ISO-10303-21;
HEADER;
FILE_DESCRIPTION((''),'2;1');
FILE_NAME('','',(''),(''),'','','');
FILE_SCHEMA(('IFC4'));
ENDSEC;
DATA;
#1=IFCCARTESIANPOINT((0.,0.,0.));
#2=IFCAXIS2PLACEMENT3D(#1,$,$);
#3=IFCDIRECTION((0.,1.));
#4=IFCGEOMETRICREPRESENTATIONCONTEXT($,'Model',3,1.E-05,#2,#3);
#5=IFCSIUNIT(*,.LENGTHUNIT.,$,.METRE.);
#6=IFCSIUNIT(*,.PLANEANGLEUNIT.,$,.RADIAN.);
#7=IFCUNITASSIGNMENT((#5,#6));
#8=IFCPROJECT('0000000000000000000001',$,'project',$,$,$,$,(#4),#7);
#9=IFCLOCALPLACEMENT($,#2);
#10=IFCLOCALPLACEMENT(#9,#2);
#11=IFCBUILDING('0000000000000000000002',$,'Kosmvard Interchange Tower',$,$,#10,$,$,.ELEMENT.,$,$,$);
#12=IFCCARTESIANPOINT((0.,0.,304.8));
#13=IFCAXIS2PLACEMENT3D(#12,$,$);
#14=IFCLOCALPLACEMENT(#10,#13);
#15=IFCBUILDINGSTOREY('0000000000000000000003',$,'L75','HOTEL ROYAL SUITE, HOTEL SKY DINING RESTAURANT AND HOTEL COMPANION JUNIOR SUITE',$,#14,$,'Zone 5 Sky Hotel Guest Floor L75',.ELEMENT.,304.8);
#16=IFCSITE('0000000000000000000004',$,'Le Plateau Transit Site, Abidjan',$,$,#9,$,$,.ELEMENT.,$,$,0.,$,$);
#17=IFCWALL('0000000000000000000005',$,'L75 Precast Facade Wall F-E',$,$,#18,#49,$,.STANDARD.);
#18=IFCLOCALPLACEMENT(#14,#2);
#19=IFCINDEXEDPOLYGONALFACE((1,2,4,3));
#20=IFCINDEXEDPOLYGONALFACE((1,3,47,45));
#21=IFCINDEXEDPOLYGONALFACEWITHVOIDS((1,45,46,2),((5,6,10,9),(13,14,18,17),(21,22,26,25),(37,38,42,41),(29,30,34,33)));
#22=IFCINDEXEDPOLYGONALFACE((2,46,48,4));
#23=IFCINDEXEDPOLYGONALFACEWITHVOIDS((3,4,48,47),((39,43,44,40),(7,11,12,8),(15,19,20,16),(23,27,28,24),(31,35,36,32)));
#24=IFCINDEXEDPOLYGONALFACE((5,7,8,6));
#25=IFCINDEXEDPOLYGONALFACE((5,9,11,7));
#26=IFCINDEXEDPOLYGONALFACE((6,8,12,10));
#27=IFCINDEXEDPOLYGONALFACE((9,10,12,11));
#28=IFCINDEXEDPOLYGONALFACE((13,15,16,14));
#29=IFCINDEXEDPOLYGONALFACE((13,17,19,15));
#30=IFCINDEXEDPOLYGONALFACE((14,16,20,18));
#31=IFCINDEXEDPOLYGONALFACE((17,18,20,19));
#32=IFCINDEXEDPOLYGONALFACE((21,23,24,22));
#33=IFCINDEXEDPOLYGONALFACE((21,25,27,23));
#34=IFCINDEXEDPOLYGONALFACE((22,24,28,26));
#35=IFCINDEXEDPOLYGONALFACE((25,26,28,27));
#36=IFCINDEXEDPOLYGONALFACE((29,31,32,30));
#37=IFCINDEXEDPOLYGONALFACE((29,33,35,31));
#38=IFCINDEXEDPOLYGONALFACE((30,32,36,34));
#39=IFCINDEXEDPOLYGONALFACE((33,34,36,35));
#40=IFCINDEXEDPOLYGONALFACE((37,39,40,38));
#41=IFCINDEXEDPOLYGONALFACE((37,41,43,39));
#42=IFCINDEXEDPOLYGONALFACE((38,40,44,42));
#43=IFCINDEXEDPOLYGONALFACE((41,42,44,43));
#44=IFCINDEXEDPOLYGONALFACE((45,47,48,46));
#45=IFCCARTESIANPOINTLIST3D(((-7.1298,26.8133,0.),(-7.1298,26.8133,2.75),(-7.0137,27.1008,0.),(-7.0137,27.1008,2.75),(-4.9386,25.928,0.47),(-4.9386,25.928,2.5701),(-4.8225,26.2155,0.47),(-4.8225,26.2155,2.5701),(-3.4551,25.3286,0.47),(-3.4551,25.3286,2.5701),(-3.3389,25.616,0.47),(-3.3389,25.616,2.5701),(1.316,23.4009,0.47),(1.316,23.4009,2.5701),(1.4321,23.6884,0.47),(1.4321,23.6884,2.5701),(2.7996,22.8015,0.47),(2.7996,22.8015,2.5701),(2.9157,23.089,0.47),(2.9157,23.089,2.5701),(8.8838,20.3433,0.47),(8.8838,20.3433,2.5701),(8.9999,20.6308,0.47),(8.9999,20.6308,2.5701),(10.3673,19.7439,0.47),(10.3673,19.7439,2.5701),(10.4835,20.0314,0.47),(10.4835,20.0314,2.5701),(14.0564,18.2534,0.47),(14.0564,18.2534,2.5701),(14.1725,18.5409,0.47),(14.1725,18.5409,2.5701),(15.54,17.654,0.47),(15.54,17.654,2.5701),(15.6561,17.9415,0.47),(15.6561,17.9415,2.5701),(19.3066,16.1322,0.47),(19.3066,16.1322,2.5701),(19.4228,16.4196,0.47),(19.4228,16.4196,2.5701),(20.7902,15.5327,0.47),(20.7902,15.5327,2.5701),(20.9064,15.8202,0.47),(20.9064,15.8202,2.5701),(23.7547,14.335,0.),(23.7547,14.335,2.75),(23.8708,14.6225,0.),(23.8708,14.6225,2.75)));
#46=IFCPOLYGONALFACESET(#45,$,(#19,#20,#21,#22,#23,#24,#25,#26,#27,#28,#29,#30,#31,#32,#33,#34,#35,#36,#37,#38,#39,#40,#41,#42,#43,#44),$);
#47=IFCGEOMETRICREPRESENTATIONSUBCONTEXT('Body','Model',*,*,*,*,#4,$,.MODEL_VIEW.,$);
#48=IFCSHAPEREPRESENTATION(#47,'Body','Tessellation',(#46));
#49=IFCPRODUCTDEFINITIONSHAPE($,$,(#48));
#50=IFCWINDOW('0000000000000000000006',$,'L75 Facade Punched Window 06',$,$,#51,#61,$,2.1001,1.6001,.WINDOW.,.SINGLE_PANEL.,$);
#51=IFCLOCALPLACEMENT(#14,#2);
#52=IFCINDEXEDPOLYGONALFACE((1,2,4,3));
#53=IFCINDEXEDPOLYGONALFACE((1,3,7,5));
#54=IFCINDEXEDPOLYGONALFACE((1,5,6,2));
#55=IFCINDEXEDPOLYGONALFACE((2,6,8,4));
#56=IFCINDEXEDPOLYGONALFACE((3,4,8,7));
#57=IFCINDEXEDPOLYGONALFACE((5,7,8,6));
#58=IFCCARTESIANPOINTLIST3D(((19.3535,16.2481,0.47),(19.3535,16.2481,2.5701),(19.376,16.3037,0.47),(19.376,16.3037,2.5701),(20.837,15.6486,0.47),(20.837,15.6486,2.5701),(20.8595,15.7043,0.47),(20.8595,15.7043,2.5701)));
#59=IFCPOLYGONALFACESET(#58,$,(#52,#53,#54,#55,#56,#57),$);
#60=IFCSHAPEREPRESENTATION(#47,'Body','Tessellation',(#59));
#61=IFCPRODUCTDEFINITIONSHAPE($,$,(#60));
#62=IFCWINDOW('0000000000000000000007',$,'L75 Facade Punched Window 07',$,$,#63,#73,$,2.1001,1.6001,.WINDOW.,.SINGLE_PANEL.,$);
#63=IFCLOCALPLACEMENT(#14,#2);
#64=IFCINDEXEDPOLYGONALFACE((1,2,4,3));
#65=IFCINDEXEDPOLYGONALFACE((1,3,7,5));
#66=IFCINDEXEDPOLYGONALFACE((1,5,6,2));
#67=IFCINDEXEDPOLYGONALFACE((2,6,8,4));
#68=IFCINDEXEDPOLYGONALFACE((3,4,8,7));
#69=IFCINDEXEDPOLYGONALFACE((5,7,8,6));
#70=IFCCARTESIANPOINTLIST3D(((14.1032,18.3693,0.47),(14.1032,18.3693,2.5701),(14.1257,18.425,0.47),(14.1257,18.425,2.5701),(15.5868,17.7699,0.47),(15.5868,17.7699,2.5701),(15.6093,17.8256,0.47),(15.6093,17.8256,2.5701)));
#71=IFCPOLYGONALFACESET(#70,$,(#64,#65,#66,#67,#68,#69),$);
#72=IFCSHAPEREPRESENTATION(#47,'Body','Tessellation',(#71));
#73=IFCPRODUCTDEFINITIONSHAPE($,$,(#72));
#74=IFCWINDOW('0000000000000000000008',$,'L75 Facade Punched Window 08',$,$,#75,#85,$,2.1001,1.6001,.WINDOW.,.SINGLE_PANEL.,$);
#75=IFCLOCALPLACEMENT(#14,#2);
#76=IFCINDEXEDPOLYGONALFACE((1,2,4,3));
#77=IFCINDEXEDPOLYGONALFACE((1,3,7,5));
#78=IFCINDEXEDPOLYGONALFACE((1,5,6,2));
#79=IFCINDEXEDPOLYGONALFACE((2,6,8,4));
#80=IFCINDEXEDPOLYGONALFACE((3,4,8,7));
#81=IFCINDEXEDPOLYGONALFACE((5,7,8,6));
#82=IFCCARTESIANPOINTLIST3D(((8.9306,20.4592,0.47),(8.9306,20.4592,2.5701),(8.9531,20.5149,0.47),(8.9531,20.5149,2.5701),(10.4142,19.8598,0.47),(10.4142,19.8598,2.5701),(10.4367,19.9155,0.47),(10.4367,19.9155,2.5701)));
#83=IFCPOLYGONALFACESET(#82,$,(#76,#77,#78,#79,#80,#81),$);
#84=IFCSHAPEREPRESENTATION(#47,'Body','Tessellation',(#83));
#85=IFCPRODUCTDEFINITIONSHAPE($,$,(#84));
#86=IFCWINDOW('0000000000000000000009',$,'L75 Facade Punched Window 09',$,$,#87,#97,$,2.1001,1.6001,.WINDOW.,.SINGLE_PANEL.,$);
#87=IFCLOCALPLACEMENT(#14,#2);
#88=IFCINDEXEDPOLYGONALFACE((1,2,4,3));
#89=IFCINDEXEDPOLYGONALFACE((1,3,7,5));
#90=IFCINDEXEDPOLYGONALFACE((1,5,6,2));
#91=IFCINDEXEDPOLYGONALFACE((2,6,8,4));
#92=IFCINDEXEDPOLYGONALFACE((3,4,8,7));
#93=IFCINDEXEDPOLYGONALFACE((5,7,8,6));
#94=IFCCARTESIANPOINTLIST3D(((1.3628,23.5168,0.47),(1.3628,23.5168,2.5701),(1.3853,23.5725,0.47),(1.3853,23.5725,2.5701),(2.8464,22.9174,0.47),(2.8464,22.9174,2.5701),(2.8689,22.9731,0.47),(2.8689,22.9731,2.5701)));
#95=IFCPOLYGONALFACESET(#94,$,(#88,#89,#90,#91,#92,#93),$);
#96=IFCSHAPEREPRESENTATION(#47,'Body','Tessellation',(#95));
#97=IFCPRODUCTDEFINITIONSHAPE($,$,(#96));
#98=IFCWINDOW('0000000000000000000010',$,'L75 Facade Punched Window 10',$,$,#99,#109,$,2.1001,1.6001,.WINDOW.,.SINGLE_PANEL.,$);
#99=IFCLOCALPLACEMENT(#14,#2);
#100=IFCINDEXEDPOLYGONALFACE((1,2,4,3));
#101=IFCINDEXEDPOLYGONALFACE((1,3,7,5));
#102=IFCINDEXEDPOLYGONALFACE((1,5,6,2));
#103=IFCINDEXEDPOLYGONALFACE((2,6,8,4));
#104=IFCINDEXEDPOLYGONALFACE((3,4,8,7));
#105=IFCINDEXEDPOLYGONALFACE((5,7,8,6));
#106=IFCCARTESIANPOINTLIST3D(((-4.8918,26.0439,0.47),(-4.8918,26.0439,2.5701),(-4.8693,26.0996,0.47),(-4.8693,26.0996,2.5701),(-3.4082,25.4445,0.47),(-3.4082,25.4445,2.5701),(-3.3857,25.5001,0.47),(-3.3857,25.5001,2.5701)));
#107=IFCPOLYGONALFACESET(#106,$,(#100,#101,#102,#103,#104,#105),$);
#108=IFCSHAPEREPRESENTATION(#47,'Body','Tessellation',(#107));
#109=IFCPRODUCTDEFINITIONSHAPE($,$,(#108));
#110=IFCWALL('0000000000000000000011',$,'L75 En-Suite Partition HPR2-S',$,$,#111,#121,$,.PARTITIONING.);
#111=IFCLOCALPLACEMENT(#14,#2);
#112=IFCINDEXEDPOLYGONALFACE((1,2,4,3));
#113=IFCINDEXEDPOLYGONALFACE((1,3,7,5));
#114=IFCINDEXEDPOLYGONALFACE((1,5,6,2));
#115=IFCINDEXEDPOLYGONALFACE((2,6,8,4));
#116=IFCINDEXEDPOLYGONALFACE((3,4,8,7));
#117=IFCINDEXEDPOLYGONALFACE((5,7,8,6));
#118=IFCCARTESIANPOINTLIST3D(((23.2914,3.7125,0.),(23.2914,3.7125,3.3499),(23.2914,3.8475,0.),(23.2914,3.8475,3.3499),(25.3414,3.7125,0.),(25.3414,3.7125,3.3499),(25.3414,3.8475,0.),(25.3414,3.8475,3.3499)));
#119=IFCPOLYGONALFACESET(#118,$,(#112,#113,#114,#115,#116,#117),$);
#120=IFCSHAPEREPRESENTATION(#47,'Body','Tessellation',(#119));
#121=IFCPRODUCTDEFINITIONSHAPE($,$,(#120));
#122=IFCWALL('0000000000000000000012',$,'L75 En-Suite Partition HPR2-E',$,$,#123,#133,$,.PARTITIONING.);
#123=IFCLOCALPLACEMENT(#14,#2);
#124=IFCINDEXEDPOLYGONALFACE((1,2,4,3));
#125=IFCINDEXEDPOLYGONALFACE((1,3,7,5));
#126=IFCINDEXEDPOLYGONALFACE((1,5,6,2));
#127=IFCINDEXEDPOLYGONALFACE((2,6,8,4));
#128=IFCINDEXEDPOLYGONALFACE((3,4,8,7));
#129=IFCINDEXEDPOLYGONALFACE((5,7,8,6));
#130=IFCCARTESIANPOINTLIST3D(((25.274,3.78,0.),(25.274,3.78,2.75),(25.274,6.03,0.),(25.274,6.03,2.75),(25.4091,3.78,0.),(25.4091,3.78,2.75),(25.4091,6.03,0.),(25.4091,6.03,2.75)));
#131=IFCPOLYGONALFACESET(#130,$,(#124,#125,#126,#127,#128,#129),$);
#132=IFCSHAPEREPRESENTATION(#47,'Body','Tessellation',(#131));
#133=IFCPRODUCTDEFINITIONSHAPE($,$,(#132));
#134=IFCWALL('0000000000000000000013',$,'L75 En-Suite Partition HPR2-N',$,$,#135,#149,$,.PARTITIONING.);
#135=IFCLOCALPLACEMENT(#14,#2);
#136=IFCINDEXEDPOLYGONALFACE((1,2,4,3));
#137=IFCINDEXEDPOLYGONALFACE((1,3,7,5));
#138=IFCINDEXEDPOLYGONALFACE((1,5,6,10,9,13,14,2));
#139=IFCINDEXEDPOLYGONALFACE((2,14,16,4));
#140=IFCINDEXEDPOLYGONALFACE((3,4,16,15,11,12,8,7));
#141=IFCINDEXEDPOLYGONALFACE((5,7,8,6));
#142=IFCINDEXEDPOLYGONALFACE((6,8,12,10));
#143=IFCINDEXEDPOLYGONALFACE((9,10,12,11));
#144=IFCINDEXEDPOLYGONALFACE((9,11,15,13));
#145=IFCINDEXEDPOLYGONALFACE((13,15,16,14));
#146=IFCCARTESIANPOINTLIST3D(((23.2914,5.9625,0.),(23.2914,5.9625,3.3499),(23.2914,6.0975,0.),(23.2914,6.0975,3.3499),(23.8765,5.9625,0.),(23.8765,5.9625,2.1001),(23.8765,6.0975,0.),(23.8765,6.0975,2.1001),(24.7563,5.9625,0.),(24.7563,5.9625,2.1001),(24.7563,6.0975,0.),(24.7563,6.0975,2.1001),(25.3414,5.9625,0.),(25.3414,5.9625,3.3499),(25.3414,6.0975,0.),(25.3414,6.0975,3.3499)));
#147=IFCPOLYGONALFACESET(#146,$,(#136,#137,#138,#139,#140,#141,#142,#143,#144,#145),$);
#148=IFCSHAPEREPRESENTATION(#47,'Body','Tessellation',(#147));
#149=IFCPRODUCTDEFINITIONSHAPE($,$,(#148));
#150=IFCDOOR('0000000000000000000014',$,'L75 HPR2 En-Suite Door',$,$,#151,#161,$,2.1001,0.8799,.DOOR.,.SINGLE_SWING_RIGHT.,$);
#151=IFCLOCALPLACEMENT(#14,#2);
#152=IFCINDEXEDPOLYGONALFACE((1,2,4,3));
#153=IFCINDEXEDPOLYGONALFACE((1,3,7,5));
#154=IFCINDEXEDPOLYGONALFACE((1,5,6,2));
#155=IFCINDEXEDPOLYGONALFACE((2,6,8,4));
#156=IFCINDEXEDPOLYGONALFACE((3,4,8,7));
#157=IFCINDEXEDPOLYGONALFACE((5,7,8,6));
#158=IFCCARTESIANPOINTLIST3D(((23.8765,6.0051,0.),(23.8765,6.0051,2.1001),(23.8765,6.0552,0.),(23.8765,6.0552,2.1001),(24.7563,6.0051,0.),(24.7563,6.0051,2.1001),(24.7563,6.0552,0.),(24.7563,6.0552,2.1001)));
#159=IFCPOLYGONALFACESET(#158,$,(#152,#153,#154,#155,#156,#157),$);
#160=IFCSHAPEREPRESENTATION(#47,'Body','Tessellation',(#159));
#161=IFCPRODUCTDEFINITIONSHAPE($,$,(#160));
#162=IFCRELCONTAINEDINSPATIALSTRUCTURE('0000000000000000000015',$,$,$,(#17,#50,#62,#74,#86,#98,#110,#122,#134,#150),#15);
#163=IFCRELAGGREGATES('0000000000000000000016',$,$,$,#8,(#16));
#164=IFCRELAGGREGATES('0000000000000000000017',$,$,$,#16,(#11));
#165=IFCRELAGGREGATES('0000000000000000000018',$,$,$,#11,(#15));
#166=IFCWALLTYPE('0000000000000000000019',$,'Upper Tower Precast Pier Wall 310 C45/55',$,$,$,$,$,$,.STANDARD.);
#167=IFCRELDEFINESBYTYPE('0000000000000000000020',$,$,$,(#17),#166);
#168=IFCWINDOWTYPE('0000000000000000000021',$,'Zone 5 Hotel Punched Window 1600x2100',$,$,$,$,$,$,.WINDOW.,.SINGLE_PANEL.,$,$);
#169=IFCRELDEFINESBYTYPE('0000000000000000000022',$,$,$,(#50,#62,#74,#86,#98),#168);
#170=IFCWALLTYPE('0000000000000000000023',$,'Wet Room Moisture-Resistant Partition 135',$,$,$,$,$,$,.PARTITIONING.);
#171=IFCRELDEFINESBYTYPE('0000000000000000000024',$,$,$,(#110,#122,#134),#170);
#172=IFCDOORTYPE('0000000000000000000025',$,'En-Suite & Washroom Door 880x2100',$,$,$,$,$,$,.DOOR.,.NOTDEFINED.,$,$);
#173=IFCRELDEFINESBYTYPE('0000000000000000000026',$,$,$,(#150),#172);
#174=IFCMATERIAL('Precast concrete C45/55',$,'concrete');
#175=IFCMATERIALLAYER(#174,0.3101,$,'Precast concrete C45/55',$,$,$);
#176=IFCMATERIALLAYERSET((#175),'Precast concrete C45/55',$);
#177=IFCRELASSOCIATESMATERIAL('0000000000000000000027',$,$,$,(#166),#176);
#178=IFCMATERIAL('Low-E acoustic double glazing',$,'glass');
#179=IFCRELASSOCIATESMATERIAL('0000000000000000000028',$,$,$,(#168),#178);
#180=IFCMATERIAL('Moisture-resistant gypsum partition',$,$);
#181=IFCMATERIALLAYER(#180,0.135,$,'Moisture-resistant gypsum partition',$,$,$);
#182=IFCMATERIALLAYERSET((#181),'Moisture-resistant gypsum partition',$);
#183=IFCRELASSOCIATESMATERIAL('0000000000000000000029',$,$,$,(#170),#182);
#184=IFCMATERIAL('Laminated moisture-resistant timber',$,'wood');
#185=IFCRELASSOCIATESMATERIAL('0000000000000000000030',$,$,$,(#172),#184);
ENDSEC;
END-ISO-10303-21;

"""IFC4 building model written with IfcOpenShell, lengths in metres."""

from ifc_helpers import new_model, si_unit, direction, frame, frame_2d, origin, place, context, subcontext, project, spatial, rectangle, extrude, source, transform, mapped, material, layer, layer_set, type_object, element, fill, save


model = new_model("IFC4")

# Units and contexts
model_context = context("Model", 3, precision=1e-05, world=origin(), true_north=direction((0.0, 1.0)))
body_context = subcontext(model_context, "Body", "Model", "MODEL_VIEW")
ifc_project = project(units=[si_unit("LENGTHUNIT", "METRE"), si_unit("PLANEANGLEUNIT", "RADIAN")], contexts=[model_context])

# Site, building, storey
site_placement = place(None, origin())
site = spatial("IfcSite", under=ifc_project, at=site_placement, Name="Le Plateau Transit Site, Abidjan", CompositionType="ELEMENT", RefElevation=0.0)
building_placement = place(site_placement, origin())
building = spatial("IfcBuilding", under=site, at=building_placement, Name="Kosmvard Interchange Tower", CompositionType="ELEMENT")
storey_placement = place(building_placement, frame((0.0, 0.0, 304.8)))
storey = spatial("IfcBuildingStorey", under=building, at=storey_placement, Name="L75", Description="HOTEL ROYAL SUITE, HOTEL SKY DINING RESTAURANT AND HOTEL COMPANION JUNIOR SUITE", LongName="Zone 5 Sky Hotel Guest Floor L75", CompositionType="ELEMENT", Elevation=304.8)

# Shared definitions
ifc_material_1 = material(Name="Precast concrete C45/55", Category="concrete")

# Shared definitions
ifc_layer_1 = layer(ifc_material_1, 0.3101, Name="Precast concrete C45/55")
ifc_layer_set_1 = layer_set([ifc_layer_1], Name="Precast concrete C45/55")
wall_type_1 = type_object("IfcWallType", Name="Upper Tower Precast Pier Wall 310 C45/55", PredefinedType="STANDARD", material=ifc_layer_set_1)

# Shared definitions
ifc_material_2 = material(Name="Low-E acoustic double glazing", Category="glass")
window_type = type_object("IfcWindowType", Name="Zone 5 Hotel Punched Window 1600x2100", PartitioningType="SINGLE_PANEL", PredefinedType="WINDOW", material=ifc_material_2)
shared_shape_1 = source(origin(), body_context, "Body", "SweptSolid", [
    extrude(rectangle(XDim=1.6001, YDim=2.1001, at=frame_2d((0.8, 1.05))), frame((0.0, 0.03, 0.0), z_axis=(0.0, -1.0, 0.0), x_axis=(1.0, 0.0, 0.0)), (0.0, 0.0, 1.0), 0.0601),
])

# Wall, openings, windows
wall_1_placement = place(storey_placement, frame((23.8127, 14.4788, 0.0), z_axis=(0.0, 0.0, 1.0), x_axis=(-0.927183, 0.37461, 0.0)))
wall_1 = element("IfcWall", 1, at=wall_1_placement, inside=storey, type_object=wall_type_1, Name="L75 Precast Facade Wall F-E", PredefinedType="STANDARD", context=body_context, shape_type="SweptSolid", body=[
    extrude(rectangle(XDim=33.3101, YDim=0.3101, at=frame_2d((16.655, 0.0))), origin(), (0.0, 0.0, 1.0), 2.75),
])
opening_1_placement = place(wall_1_placement, frame((3.1973, 0.0, 0.47)))
opening_1 = element("IfcOpeningElement", 2, at=opening_1_placement, cuts=wall_1, PredefinedType="OPENING", context=body_context, shape_type="SweptSolid", body=[
    extrude(rectangle(XDim=1.6001, YDim=2.1001, at=frame_2d((0.8, 1.05))), frame((0.0, 0.165, 0.0), z_axis=(0.0, -1.0, 0.0), x_axis=(1.0, 0.0, 0.0)), (0.0, 0.0, 1.0), 0.3301),
])
opening_2_placement = place(wall_1_placement, frame((8.8599, 0.0, 0.47)))
opening_2 = element("IfcOpeningElement", 3, at=opening_2_placement, cuts=wall_1, PredefinedType="OPENING", context=body_context, shape_type="SweptSolid", body=[
    extrude(rectangle(XDim=1.6001, YDim=2.1001, at=frame_2d((0.8, 1.05))), frame((0.0, 0.165, 0.0), z_axis=(0.0, -1.0, 0.0), x_axis=(1.0, 0.0, 0.0)), (0.0, 0.0, 1.0), 0.3301),
])
opening_3_placement = place(wall_1_placement, frame((14.4387, 0.0, 0.47)))
opening_3 = element("IfcOpeningElement", 4, at=opening_3_placement, cuts=wall_1, PredefinedType="OPENING", context=body_context, shape_type="SweptSolid", body=[
    extrude(rectangle(XDim=1.6001, YDim=2.1001, at=frame_2d((0.8, 1.05))), frame((0.0, 0.165, 0.0), z_axis=(0.0, -1.0, 0.0), x_axis=(1.0, 0.0, 0.0)), (0.0, 0.0, 1.0), 0.3301),
])
opening_4_placement = place(wall_1_placement, frame((22.6008, 0.0, 0.47)))
opening_4 = element("IfcOpeningElement", 5, at=opening_4_placement, cuts=wall_1, PredefinedType="OPENING", context=body_context, shape_type="SweptSolid", body=[
    extrude(rectangle(XDim=1.6001, YDim=2.1001, at=frame_2d((0.8, 1.05))), frame((0.0, 0.165, 0.0), z_axis=(0.0, -1.0, 0.0), x_axis=(1.0, 0.0, 0.0)), (0.0, 0.0, 1.0), 0.3301),
])
opening_5_placement = place(wall_1_placement, frame((29.3467, 0.0, 0.47)))
opening_5 = element("IfcOpeningElement", 6, at=opening_5_placement, cuts=wall_1, PredefinedType="OPENING", context=body_context, shape_type="SweptSolid", body=[
    extrude(rectangle(XDim=1.6001, YDim=2.1001, at=frame_2d((0.8, 1.05))), frame((0.0, 0.165, 0.0), z_axis=(0.0, -1.0, 0.0), x_axis=(1.0, 0.0, 0.0)), (0.0, 0.0, 1.0), 0.3301),
])
window_1_placement = place(opening_1_placement, origin())
window_1 = element("IfcWindow", 7, at=window_1_placement, inside=storey, type_object=window_type, Name="L75 Facade Punched Window 06", OverallHeight=2.1001, OverallWidth=1.6001, PartitioningType="SINGLE_PANEL", PredefinedType="WINDOW", context=body_context, shape_type="MappedRepresentation", body=[
    mapped(shared_shape_1, transform((0.0, 0.0, 0.0), scale=1.0)),
])
fill(opening_1, window_1)
window_2_placement = place(opening_2_placement, origin())
window_2 = element("IfcWindow", 8, at=window_2_placement, inside=storey, type_object=window_type, Name="L75 Facade Punched Window 07", OverallHeight=2.1001, OverallWidth=1.6001, PartitioningType="SINGLE_PANEL", PredefinedType="WINDOW", context=body_context, shape_type="MappedRepresentation", body=[
    mapped(shared_shape_1, transform((0.0, 0.0, 0.0), scale=1.0)),
])
fill(opening_2, window_2)
window_3_placement = place(opening_3_placement, origin())
window_3 = element("IfcWindow", 9, at=window_3_placement, inside=storey, type_object=window_type, Name="L75 Facade Punched Window 08", OverallHeight=2.1001, OverallWidth=1.6001, PartitioningType="SINGLE_PANEL", PredefinedType="WINDOW", context=body_context, shape_type="MappedRepresentation", body=[
    mapped(shared_shape_1, transform((0.0, 0.0, 0.0), scale=1.0)),
])
fill(opening_3, window_3)
window_4_placement = place(opening_4_placement, origin())
window_4 = element("IfcWindow", 10, at=window_4_placement, inside=storey, type_object=window_type, Name="L75 Facade Punched Window 09", OverallHeight=2.1001, OverallWidth=1.6001, PartitioningType="SINGLE_PANEL", PredefinedType="WINDOW", context=body_context, shape_type="MappedRepresentation", body=[
    mapped(shared_shape_1, transform((0.0, 0.0, 0.0), scale=1.0)),
])
fill(opening_4, window_4)
window_5_placement = place(opening_5_placement, origin())
window_5 = element("IfcWindow", 11, at=window_5_placement, inside=storey, type_object=window_type, Name="L75 Facade Punched Window 10", OverallHeight=2.1001, OverallWidth=1.6001, PartitioningType="SINGLE_PANEL", PredefinedType="WINDOW", context=body_context, shape_type="MappedRepresentation", body=[
    mapped(shared_shape_1, transform((0.0, 0.0, 0.0), scale=1.0)),
])
fill(opening_5, window_5)

# Walls
ifc_material_3 = material(Name="Moisture-resistant gypsum partition")
ifc_layer_2 = layer(ifc_material_3, 0.135, Name="Moisture-resistant gypsum partition")
ifc_layer_set_2 = layer_set([ifc_layer_2], Name="Moisture-resistant gypsum partition")
wall_type_2 = type_object("IfcWallType", Name="Wet Room Moisture-Resistant Partition 135", PredefinedType="PARTITIONING", material=ifc_layer_set_2)
wall_2_placement = place(storey_placement, frame((23.2915, 3.78, 0.0), z_axis=(0.0, 0.0, 1.0), x_axis=(1.0, 0.0, 0.0)))
element("IfcWall", 12, at=wall_2_placement, inside=storey, type_object=wall_type_2, Name="L75 En-Suite Partition HPR2-S", PredefinedType="PARTITIONING", context=body_context, shape_type="SweptSolid", body=[
    extrude(rectangle(XDim=2.05, YDim=0.135, at=frame_2d((1.0249, 0.0))), origin(), (0.0, 0.0, 1.0), 3.3499),
])
wall_3_placement = place(storey_placement, frame((25.3416, 3.78, 0.0), z_axis=(0.0, 0.0, 1.0), x_axis=(0.0, 1.0, 0.0)))
element("IfcWall", 13, at=wall_3_placement, inside=storey, type_object=wall_type_2, Name="L75 En-Suite Partition HPR2-E", PredefinedType="PARTITIONING", context=body_context, shape_type="SweptSolid", body=[
    extrude(rectangle(XDim=2.25, YDim=0.135, at=frame_2d((1.125, 0.0))), origin(), (0.0, 0.0, 1.0), 2.75),
])

# Wall, opening, door
wall_4_placement = place(storey_placement, frame((23.2915, 6.03, 0.0), z_axis=(0.0, 0.0, 1.0), x_axis=(1.0, 0.0, 0.0)))
wall_4 = element("IfcWall", 14, at=wall_4_placement, inside=storey, type_object=wall_type_2, Name="L75 En-Suite Partition HPR2-N", PredefinedType="PARTITIONING", context=body_context, shape_type="SweptSolid", body=[
    extrude(rectangle(XDim=2.05, YDim=0.135, at=frame_2d((1.0249, 0.0))), origin(), (0.0, 0.0, 1.0), 3.3499),
])
opening_6_placement = place(wall_4_placement, frame((0.585, 0.0, 0.0)))
opening_6 = element("IfcOpeningElement", 15, at=opening_6_placement, cuts=wall_4, PredefinedType="OPENING", context=body_context, shape_type="SweptSolid", body=[
    extrude(rectangle(XDim=0.8799, YDim=2.1001, at=frame_2d((0.4399, 1.05))), frame((0.0, 0.0776, 0.0), z_axis=(0.0, -1.0, 0.0), x_axis=(1.0, 0.0, 0.0)), (0.0, 0.0, 1.0), 0.155),
])
ifc_material_4 = material(Name="Laminated moisture-resistant timber", Category="wood")
door_type = type_object("IfcDoorType", Name="En-Suite & Washroom Door 880x2100", OperationType="NOTDEFINED", PredefinedType="DOOR", material=ifc_material_4)
shared_shape_2 = source(origin(), body_context, "Body", "SweptSolid", [
    extrude(rectangle(XDim=0.8799, YDim=2.1001, at=frame_2d((0.4399, 1.05))), frame((0.0, 0.0249, 0.0), z_axis=(0.0, -1.0, 0.0), x_axis=(1.0, 0.0, 0.0)), (0.0, 0.0, 1.0), 0.05),
])
door_placement = place(opening_6_placement, frame((0.8799, 0.0, 0.0), z_axis=(0.0, 0.0, 1.0), x_axis=(-1.0, 0.0, 0.0)))
door = element("IfcDoor", 16, at=door_placement, inside=storey, type_object=door_type, Name="L75 HPR2 En-Suite Door", OperationType="SINGLE_SWING_RIGHT", OverallHeight=2.1001, OverallWidth=0.8799, PredefinedType="DOOR", context=body_context, shape_type="MappedRepresentation", body=[
    mapped(shared_shape_2, transform((0.0, 0.0, 0.0), scale=1.0)),
])
fill(opening_6, door)

save(model, "model.ifc")
